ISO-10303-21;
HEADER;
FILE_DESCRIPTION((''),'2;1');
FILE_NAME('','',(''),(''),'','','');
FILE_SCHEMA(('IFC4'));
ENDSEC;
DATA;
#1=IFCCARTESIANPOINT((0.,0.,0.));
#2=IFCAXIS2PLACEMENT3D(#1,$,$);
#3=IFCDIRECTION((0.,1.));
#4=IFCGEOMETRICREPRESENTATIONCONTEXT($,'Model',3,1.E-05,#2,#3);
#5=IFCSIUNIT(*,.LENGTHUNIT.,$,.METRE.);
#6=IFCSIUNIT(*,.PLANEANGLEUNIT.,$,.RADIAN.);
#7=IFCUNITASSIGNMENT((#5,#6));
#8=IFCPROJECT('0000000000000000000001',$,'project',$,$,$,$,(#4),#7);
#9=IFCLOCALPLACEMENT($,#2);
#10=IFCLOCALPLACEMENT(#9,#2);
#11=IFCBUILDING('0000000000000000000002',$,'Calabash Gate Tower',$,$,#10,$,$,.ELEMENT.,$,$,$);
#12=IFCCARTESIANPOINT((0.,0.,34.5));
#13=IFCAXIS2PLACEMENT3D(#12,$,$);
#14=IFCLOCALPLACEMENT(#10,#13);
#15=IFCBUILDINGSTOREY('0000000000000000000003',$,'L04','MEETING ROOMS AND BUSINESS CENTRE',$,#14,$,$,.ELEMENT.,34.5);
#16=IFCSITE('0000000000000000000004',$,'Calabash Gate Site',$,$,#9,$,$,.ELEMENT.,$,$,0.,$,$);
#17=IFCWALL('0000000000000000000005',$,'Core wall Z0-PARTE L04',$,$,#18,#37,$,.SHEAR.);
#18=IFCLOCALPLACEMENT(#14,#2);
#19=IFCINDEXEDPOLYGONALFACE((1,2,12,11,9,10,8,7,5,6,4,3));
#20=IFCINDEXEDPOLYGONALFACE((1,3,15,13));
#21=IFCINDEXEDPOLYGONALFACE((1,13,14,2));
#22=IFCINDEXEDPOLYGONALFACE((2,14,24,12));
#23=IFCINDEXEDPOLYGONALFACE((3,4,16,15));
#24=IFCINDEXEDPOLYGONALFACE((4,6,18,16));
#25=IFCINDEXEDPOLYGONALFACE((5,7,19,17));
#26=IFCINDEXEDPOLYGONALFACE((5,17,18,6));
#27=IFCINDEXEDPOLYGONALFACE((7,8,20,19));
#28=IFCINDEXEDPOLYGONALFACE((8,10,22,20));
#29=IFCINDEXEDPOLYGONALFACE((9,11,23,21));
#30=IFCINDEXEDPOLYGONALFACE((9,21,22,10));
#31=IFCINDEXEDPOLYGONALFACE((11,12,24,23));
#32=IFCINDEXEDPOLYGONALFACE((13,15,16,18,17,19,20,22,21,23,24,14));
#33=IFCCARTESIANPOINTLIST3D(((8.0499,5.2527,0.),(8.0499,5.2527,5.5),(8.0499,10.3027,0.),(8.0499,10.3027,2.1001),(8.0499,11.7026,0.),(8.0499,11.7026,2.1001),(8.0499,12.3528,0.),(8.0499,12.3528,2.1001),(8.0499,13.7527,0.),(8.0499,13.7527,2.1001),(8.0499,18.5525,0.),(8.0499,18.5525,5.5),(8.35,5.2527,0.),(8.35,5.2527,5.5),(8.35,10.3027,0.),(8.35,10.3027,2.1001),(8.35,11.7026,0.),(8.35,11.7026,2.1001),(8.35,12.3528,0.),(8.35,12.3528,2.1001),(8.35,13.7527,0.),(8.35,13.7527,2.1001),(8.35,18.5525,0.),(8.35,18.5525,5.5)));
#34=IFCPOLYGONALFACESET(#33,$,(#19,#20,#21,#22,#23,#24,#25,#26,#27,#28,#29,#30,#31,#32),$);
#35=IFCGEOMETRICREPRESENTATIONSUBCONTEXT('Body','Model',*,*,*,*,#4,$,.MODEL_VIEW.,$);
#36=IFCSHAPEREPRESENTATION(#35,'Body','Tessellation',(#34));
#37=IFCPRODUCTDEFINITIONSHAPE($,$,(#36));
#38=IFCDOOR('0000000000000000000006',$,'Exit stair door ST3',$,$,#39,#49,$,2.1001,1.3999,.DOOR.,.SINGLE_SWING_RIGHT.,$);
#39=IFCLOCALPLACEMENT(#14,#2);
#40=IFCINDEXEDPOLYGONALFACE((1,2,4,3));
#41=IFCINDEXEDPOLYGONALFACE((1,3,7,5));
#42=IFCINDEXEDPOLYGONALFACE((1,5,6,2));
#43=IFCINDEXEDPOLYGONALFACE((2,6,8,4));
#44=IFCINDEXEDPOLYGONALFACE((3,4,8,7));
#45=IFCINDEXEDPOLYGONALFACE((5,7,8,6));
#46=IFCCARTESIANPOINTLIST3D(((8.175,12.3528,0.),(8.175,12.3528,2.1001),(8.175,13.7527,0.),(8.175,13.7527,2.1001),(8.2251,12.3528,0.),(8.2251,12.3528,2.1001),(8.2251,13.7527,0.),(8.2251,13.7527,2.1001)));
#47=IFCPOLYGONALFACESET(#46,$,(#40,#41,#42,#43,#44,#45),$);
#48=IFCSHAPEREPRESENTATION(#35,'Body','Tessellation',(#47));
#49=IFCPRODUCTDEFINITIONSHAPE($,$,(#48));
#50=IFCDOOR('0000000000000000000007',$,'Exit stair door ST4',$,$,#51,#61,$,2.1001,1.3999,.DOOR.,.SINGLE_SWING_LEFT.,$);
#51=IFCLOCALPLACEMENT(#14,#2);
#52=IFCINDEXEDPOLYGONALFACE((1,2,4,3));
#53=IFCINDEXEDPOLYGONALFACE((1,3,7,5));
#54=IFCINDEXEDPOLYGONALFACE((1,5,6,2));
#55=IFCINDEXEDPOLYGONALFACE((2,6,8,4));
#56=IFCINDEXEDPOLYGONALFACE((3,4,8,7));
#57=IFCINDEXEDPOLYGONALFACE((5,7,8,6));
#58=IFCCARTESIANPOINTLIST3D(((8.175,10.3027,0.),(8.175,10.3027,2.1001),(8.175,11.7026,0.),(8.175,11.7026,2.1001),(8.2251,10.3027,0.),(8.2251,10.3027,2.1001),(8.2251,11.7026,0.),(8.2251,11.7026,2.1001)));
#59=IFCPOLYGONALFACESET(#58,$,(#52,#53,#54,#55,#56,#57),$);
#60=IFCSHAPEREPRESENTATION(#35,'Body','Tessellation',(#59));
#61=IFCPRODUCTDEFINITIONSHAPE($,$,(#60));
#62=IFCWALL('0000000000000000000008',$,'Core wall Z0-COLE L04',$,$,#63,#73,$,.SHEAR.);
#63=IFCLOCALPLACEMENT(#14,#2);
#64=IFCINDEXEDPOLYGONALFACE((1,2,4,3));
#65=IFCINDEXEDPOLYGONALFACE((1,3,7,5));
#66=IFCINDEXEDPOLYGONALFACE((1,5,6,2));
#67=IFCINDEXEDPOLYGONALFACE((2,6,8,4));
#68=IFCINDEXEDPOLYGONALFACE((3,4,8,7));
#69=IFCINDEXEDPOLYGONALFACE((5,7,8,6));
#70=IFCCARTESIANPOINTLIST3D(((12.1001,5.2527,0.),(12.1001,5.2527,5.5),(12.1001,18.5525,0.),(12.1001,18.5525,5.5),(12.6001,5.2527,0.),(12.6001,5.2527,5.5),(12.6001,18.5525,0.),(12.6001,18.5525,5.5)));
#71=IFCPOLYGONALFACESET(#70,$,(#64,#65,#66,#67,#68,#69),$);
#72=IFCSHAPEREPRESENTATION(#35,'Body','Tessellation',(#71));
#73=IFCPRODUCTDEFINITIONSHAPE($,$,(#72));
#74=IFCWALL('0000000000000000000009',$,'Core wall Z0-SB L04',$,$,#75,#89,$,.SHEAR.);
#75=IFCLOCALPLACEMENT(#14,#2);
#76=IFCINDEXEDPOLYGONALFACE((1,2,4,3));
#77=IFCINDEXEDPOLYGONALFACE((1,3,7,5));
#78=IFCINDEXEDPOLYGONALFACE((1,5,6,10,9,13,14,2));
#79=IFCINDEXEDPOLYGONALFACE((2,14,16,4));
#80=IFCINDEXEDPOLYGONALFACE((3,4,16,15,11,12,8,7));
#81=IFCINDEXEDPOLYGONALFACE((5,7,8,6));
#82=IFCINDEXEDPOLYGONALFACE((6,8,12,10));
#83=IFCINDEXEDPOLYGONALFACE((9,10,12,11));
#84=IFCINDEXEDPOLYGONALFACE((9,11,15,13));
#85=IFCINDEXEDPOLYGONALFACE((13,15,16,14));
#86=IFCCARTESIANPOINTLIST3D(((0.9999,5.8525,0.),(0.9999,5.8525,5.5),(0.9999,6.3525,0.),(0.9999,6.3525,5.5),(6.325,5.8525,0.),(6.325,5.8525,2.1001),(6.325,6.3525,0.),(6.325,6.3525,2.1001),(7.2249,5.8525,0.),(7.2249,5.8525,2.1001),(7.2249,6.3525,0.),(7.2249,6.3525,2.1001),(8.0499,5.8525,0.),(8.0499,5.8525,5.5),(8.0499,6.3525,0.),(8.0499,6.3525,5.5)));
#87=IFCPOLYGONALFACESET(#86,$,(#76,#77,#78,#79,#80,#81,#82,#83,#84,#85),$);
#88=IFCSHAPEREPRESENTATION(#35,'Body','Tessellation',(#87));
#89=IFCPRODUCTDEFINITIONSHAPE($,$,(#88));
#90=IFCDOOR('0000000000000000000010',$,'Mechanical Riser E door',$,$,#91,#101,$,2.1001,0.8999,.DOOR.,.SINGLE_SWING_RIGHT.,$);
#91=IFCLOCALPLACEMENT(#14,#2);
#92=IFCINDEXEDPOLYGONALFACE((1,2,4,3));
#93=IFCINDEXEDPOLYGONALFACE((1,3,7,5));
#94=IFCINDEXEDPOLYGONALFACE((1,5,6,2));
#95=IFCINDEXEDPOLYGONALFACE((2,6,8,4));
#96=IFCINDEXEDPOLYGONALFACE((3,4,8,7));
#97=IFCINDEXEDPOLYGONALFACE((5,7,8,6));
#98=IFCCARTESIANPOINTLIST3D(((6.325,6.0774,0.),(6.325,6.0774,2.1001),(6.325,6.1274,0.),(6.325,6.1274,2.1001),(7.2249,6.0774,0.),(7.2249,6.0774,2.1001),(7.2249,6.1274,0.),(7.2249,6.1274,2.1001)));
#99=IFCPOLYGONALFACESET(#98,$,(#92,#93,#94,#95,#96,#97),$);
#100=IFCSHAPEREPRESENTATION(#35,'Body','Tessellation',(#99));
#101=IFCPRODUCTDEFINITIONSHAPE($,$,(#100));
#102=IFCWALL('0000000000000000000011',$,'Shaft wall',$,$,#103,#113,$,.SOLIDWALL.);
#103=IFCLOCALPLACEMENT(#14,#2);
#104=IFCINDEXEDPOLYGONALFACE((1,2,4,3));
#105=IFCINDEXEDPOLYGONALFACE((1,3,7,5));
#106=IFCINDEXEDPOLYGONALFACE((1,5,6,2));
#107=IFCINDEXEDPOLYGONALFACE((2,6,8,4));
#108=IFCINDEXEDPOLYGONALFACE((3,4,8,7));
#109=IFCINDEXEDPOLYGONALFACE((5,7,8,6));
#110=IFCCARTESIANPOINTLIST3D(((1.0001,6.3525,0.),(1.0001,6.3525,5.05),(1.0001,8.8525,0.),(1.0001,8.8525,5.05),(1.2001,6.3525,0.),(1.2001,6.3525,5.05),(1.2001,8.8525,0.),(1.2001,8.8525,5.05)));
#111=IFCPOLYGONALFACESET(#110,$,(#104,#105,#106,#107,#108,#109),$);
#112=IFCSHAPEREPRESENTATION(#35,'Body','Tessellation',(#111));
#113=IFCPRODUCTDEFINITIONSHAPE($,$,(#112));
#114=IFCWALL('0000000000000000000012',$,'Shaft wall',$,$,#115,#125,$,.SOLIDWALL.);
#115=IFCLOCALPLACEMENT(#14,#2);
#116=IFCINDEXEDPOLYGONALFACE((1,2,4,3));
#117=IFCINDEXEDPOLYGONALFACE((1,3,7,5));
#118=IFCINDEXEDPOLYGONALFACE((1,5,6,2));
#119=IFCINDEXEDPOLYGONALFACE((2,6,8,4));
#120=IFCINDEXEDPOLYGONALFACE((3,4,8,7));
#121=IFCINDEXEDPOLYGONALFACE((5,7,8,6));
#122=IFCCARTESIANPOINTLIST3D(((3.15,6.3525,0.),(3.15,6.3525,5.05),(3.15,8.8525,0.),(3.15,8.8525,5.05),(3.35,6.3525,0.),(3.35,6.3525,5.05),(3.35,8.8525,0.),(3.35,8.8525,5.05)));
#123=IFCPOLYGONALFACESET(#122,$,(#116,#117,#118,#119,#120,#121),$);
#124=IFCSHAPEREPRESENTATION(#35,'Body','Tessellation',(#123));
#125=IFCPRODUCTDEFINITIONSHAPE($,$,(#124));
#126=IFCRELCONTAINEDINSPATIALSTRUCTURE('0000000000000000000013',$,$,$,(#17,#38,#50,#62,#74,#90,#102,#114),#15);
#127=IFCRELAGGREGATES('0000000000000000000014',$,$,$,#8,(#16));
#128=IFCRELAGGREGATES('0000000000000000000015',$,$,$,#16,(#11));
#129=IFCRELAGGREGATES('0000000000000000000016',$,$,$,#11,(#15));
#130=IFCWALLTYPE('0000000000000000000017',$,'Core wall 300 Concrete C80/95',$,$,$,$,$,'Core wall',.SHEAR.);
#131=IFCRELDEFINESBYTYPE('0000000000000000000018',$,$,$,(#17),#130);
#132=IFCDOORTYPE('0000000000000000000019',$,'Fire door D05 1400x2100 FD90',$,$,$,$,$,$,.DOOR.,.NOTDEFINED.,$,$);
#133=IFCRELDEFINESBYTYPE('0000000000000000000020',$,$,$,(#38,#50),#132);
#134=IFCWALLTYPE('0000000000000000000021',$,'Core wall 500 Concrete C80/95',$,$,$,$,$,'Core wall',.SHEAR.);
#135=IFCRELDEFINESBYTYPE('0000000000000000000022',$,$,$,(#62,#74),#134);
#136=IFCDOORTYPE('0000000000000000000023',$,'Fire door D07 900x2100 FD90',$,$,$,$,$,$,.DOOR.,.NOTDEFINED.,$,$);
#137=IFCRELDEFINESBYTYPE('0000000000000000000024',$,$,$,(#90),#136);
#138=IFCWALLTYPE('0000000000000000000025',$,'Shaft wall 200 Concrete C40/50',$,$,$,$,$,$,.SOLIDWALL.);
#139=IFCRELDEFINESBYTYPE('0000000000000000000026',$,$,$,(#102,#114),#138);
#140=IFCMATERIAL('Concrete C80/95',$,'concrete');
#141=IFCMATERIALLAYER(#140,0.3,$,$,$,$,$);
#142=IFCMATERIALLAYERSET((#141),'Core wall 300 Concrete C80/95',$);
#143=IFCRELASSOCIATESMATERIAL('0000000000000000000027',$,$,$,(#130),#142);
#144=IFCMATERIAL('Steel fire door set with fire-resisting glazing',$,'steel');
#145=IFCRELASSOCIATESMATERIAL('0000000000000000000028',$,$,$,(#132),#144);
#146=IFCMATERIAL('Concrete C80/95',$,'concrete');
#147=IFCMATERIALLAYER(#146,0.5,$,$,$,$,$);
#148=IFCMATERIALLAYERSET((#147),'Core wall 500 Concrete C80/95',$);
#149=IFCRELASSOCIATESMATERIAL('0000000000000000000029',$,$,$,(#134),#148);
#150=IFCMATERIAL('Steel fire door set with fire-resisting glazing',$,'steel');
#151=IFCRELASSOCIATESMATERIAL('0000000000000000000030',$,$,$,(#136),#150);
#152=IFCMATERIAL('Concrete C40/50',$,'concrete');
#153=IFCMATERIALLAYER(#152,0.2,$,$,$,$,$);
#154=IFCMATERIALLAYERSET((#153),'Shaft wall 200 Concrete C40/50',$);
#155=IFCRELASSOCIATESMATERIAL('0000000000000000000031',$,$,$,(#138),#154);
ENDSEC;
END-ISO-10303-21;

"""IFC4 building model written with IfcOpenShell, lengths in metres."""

from ifc_helpers import new_model, si_unit, direction, frame, frame_2d, origin, place, context, subcontext, project, spatial, rectangle, extrude, material, layer, layer_set, type_object, element, fill, save


model = new_model("IFC4")

# Units and contexts
model_context = context("Model", 3, precision=1e-05, world=origin(), true_north=direction((0.0, 1.0)))
body_context = subcontext(model_context, "Body", "Model", "MODEL_VIEW")
ifc_project = project(units=[si_unit("LENGTHUNIT", "METRE"), si_unit("PLANEANGLEUNIT", "RADIAN")], contexts=[model_context])

# Site, building, storey
site_placement = place(None, origin())
site = spatial("IfcSite", under=ifc_project, at=site_placement, Name="Calabash Gate Site", CompositionType="ELEMENT", RefElevation=0.0)
building_placement = place(site_placement, origin())
building = spatial("IfcBuilding", under=site, at=building_placement, Name="Calabash Gate Tower", CompositionType="ELEMENT")
storey_placement = place(building_placement, frame((0.0, 0.0, 34.5)))
storey = spatial("IfcBuildingStorey", under=building, at=storey_placement, Name="L04", Description="MEETING ROOMS AND BUSINESS CENTRE", CompositionType="ELEMENT", Elevation=34.5)

# Wall, openings, doors
ifc_material_1 = material(Name="Concrete C80/95", Category="concrete")
ifc_layer_1 = layer(ifc_material_1, 0.3)
ifc_layer_set_1 = layer_set([ifc_layer_1], Name="Core wall 300 Concrete C80/95")
wall_type_1 = type_object("IfcWallType", Name="Core wall 300 Concrete C80/95", ElementType="Core wall", PredefinedType="SHEAR", material=ifc_layer_set_1)
wall_1_placement = place(storey_placement, frame((8.2, 5.2527, 0.0), z_axis=(0.0, 0.0, 1.0), x_axis=(0.0, 1.0, 0.0)))
wall_1 = element("IfcWall", 1, at=wall_1_placement, inside=storey, type_object=wall_type_1, Name="Core wall Z0-PARTE L04", PredefinedType="SHEAR", context=body_context, shape_type="SweptSolid", body=[
    extrude(rectangle(XDim=13.2998, YDim=0.3, at=frame_2d((6.6499, 0.0))), origin(), (0.0, 0.0, 1.0), 5.5),
])
opening_1_placement = place(wall_1_placement, frame((7.1001, 0.0, 0.0)))
opening_1 = element("IfcOpeningElement", 2, at=opening_1_placement, cuts=wall_1, PredefinedType="OPENING", context=body_context, shape_type="SweptSolid", body=[
    extrude(rectangle(XDim=1.3999, YDim=2.1001, at=frame_2d((0.7, 1.05))), frame((0.0, 0.1599, 0.0), z_axis=(0.0, -1.0, 0.0), x_axis=(1.0, 0.0, 0.0)), (0.0, 0.0, 1.0), 0.3201),
])
opening_2_placement = place(wall_1_placement, frame((5.05, 0.0, 0.0)))
opening_2 = element("IfcOpeningElement", 3, at=opening_2_placement, cuts=wall_1, PredefinedType="OPENING", context=body_context, shape_type="SweptSolid", body=[
    extrude(rectangle(XDim=1.3999, YDim=2.1001, at=frame_2d((0.7, 1.05))), frame((0.0, 0.1599, 0.0), z_axis=(0.0, -1.0, 0.0), x_axis=(1.0, 0.0, 0.0)), (0.0, 0.0, 1.0), 0.3201),
])
ifc_material_2 = material(Name="Steel fire door set with fire-resisting glazing", Category="steel")
door_type_1 = type_object("IfcDoorType", Name="Fire door D05 1400x2100 FD90", OperationType="NOTDEFINED", PredefinedType="DOOR", material=ifc_material_2)
door_1_placement = place(opening_1_placement, origin())
door_1 = element("IfcDoor", 4, at=door_1_placement, inside=storey, type_object=door_type_1, Name="Exit stair door ST3", OperationType="SINGLE_SWING_RIGHT", OverallHeight=2.1001, OverallWidth=1.3999, PredefinedType="DOOR", context=body_context, shape_type="SweptSolid", body=[
    extrude(rectangle(XDim=1.3999, YDim=2.1001, at=frame_2d((0.7, 1.05))), frame((0.0, 0.0249, 0.0), z_axis=(0.0, -1.0, 0.0), x_axis=(1.0, 0.0, 0.0)), (0.0, 0.0, 1.0), 0.05),
])
fill(opening_1, door_1)
door_2_placement = place(opening_2_placement, origin())
door_2 = element("IfcDoor", 5, at=door_2_placement, inside=storey, type_object=door_type_1, Name="Exit stair door ST4", OperationType="SINGLE_SWING_LEFT", OverallHeight=2.1001, OverallWidth=1.3999, PredefinedType="DOOR", context=body_context, shape_type="SweptSolid", body=[
    extrude(rectangle(XDim=1.3999, YDim=2.1001, at=frame_2d((0.7, 1.05))), frame((0.0, 0.0249, 0.0), z_axis=(0.0, -1.0, 0.0), x_axis=(1.0, 0.0, 0.0)), (0.0, 0.0, 1.0), 0.05),
])
fill(opening_2, door_2)

# Wall
ifc_material_3 = material(Name="Concrete C80/95", Category="concrete")
ifc_layer_2 = layer(ifc_material_3, 0.5)
ifc_layer_set_2 = layer_set([ifc_layer_2], Name="Core wall 500 Concrete C80/95")
wall_type_2 = type_object("IfcWallType", Name="Core wall 500 Concrete C80/95", ElementType="Core wall", PredefinedType="SHEAR", material=ifc_layer_set_2)
wall_2_placement = place(storey_placement, frame((12.3501, 5.2527, 0.0), z_axis=(0.0, 0.0, 1.0), x_axis=(0.0, 1.0, 0.0)))
element("IfcWall", 6, at=wall_2_placement, inside=storey, type_object=wall_type_2, Name="Core wall Z0-COLE L04", PredefinedType="SHEAR", context=body_context, shape_type="SweptSolid", body=[
    extrude(rectangle(XDim=13.2998, YDim=0.5, at=frame_2d((6.6499, 0.0))), origin(), (0.0, 0.0, 1.0), 5.5),
])

# Wall, opening, door
wall_3_placement = place(storey_placement, frame((1.0, 6.1025, 0.0), z_axis=(0.0, 0.0, 1.0), x_axis=(1.0, 0.0, 0.0)))
wall_3 = element("IfcWall", 7, at=wall_3_placement, inside=storey, type_object=wall_type_2, Name="Core wall Z0-SB L04", PredefinedType="SHEAR", context=body_context, shape_type="SweptSolid", body=[
    extrude(rectangle(XDim=7.05, YDim=0.5, at=frame_2d((3.5249, 0.0))), origin(), (0.0, 0.0, 1.0), 5.5),
])
opening_3_placement = place(wall_3_placement, frame((5.325, 0.0, 0.0)))
opening_3 = element("IfcOpeningElement", 8, at=opening_3_placement, cuts=wall_3, PredefinedType="OPENING", context=body_context, shape_type="SweptSolid", body=[
    extrude(rectangle(XDim=0.8999, YDim=2.1001, at=frame_2d((0.45, 1.05))), frame((0.0, 0.26, 0.0), z_axis=(0.0, -1.0, 0.0), x_axis=(1.0, 0.0, 0.0)), (0.0, 0.0, 1.0), 0.52),
])
ifc_material_4 = material(Name="Steel fire door set with fire-resisting glazing", Category="steel")
door_type_2 = type_object("IfcDoorType", Name="Fire door D07 900x2100 FD90", OperationType="NOTDEFINED", PredefinedType="DOOR", material=ifc_material_4)
door_3_placement = place(opening_3_placement, origin())
door_3 = element("IfcDoor", 9, at=door_3_placement, inside=storey, type_object=door_type_2, Name="Mechanical Riser E door", OperationType="SINGLE_SWING_RIGHT", OverallHeight=2.1001, OverallWidth=0.8999, PredefinedType="DOOR", context=body_context, shape_type="SweptSolid", body=[
    extrude(rectangle(XDim=0.8999, YDim=2.1001, at=frame_2d((0.45, 1.05))), frame((0.0, 0.0249, 0.0), z_axis=(0.0, -1.0, 0.0), x_axis=(1.0, 0.0, 0.0)), (0.0, 0.0, 1.0), 0.05),
])
fill(opening_3, door_3)

# Walls
ifc_material_5 = material(Name="Concrete C40/50", Category="concrete")
ifc_layer_3 = layer(ifc_material_5, 0.2)
ifc_layer_set_3 = layer_set([ifc_layer_3], Name="Shaft wall 200 Concrete C40/50")
wall_type_3 = type_object("IfcWallType", Name="Shaft wall 200 Concrete C40/50", PredefinedType="SOLIDWALL", material=ifc_layer_set_3)
for number, where, z_axis, x_axis, name in (
    (10, (1.1001, 6.3525, 0.0), (0.0, 0.0, 1.0), (0.0, 1.0, 0.0), "Shaft wall"),
    (11, (3.25, 6.3525, 0.0), (0.0, 0.0, 1.0), (0.0, 1.0, 0.0), "Shaft wall"),
):
    element("IfcWall", number, at=place(storey_placement, frame(where, z_axis=z_axis, x_axis=x_axis)), inside=storey, type_object=wall_type_3, Name=name, PredefinedType="SOLIDWALL", context=body_context, shape_type="SweptSolid", body=[
        extrude(rectangle(XDim=2.5, YDim=0.2, at=frame_2d((1.25, 0.0))), origin(), (0.0, 0.0, 1.0), 5.05),
    ])

save(model, "model.ifc")
